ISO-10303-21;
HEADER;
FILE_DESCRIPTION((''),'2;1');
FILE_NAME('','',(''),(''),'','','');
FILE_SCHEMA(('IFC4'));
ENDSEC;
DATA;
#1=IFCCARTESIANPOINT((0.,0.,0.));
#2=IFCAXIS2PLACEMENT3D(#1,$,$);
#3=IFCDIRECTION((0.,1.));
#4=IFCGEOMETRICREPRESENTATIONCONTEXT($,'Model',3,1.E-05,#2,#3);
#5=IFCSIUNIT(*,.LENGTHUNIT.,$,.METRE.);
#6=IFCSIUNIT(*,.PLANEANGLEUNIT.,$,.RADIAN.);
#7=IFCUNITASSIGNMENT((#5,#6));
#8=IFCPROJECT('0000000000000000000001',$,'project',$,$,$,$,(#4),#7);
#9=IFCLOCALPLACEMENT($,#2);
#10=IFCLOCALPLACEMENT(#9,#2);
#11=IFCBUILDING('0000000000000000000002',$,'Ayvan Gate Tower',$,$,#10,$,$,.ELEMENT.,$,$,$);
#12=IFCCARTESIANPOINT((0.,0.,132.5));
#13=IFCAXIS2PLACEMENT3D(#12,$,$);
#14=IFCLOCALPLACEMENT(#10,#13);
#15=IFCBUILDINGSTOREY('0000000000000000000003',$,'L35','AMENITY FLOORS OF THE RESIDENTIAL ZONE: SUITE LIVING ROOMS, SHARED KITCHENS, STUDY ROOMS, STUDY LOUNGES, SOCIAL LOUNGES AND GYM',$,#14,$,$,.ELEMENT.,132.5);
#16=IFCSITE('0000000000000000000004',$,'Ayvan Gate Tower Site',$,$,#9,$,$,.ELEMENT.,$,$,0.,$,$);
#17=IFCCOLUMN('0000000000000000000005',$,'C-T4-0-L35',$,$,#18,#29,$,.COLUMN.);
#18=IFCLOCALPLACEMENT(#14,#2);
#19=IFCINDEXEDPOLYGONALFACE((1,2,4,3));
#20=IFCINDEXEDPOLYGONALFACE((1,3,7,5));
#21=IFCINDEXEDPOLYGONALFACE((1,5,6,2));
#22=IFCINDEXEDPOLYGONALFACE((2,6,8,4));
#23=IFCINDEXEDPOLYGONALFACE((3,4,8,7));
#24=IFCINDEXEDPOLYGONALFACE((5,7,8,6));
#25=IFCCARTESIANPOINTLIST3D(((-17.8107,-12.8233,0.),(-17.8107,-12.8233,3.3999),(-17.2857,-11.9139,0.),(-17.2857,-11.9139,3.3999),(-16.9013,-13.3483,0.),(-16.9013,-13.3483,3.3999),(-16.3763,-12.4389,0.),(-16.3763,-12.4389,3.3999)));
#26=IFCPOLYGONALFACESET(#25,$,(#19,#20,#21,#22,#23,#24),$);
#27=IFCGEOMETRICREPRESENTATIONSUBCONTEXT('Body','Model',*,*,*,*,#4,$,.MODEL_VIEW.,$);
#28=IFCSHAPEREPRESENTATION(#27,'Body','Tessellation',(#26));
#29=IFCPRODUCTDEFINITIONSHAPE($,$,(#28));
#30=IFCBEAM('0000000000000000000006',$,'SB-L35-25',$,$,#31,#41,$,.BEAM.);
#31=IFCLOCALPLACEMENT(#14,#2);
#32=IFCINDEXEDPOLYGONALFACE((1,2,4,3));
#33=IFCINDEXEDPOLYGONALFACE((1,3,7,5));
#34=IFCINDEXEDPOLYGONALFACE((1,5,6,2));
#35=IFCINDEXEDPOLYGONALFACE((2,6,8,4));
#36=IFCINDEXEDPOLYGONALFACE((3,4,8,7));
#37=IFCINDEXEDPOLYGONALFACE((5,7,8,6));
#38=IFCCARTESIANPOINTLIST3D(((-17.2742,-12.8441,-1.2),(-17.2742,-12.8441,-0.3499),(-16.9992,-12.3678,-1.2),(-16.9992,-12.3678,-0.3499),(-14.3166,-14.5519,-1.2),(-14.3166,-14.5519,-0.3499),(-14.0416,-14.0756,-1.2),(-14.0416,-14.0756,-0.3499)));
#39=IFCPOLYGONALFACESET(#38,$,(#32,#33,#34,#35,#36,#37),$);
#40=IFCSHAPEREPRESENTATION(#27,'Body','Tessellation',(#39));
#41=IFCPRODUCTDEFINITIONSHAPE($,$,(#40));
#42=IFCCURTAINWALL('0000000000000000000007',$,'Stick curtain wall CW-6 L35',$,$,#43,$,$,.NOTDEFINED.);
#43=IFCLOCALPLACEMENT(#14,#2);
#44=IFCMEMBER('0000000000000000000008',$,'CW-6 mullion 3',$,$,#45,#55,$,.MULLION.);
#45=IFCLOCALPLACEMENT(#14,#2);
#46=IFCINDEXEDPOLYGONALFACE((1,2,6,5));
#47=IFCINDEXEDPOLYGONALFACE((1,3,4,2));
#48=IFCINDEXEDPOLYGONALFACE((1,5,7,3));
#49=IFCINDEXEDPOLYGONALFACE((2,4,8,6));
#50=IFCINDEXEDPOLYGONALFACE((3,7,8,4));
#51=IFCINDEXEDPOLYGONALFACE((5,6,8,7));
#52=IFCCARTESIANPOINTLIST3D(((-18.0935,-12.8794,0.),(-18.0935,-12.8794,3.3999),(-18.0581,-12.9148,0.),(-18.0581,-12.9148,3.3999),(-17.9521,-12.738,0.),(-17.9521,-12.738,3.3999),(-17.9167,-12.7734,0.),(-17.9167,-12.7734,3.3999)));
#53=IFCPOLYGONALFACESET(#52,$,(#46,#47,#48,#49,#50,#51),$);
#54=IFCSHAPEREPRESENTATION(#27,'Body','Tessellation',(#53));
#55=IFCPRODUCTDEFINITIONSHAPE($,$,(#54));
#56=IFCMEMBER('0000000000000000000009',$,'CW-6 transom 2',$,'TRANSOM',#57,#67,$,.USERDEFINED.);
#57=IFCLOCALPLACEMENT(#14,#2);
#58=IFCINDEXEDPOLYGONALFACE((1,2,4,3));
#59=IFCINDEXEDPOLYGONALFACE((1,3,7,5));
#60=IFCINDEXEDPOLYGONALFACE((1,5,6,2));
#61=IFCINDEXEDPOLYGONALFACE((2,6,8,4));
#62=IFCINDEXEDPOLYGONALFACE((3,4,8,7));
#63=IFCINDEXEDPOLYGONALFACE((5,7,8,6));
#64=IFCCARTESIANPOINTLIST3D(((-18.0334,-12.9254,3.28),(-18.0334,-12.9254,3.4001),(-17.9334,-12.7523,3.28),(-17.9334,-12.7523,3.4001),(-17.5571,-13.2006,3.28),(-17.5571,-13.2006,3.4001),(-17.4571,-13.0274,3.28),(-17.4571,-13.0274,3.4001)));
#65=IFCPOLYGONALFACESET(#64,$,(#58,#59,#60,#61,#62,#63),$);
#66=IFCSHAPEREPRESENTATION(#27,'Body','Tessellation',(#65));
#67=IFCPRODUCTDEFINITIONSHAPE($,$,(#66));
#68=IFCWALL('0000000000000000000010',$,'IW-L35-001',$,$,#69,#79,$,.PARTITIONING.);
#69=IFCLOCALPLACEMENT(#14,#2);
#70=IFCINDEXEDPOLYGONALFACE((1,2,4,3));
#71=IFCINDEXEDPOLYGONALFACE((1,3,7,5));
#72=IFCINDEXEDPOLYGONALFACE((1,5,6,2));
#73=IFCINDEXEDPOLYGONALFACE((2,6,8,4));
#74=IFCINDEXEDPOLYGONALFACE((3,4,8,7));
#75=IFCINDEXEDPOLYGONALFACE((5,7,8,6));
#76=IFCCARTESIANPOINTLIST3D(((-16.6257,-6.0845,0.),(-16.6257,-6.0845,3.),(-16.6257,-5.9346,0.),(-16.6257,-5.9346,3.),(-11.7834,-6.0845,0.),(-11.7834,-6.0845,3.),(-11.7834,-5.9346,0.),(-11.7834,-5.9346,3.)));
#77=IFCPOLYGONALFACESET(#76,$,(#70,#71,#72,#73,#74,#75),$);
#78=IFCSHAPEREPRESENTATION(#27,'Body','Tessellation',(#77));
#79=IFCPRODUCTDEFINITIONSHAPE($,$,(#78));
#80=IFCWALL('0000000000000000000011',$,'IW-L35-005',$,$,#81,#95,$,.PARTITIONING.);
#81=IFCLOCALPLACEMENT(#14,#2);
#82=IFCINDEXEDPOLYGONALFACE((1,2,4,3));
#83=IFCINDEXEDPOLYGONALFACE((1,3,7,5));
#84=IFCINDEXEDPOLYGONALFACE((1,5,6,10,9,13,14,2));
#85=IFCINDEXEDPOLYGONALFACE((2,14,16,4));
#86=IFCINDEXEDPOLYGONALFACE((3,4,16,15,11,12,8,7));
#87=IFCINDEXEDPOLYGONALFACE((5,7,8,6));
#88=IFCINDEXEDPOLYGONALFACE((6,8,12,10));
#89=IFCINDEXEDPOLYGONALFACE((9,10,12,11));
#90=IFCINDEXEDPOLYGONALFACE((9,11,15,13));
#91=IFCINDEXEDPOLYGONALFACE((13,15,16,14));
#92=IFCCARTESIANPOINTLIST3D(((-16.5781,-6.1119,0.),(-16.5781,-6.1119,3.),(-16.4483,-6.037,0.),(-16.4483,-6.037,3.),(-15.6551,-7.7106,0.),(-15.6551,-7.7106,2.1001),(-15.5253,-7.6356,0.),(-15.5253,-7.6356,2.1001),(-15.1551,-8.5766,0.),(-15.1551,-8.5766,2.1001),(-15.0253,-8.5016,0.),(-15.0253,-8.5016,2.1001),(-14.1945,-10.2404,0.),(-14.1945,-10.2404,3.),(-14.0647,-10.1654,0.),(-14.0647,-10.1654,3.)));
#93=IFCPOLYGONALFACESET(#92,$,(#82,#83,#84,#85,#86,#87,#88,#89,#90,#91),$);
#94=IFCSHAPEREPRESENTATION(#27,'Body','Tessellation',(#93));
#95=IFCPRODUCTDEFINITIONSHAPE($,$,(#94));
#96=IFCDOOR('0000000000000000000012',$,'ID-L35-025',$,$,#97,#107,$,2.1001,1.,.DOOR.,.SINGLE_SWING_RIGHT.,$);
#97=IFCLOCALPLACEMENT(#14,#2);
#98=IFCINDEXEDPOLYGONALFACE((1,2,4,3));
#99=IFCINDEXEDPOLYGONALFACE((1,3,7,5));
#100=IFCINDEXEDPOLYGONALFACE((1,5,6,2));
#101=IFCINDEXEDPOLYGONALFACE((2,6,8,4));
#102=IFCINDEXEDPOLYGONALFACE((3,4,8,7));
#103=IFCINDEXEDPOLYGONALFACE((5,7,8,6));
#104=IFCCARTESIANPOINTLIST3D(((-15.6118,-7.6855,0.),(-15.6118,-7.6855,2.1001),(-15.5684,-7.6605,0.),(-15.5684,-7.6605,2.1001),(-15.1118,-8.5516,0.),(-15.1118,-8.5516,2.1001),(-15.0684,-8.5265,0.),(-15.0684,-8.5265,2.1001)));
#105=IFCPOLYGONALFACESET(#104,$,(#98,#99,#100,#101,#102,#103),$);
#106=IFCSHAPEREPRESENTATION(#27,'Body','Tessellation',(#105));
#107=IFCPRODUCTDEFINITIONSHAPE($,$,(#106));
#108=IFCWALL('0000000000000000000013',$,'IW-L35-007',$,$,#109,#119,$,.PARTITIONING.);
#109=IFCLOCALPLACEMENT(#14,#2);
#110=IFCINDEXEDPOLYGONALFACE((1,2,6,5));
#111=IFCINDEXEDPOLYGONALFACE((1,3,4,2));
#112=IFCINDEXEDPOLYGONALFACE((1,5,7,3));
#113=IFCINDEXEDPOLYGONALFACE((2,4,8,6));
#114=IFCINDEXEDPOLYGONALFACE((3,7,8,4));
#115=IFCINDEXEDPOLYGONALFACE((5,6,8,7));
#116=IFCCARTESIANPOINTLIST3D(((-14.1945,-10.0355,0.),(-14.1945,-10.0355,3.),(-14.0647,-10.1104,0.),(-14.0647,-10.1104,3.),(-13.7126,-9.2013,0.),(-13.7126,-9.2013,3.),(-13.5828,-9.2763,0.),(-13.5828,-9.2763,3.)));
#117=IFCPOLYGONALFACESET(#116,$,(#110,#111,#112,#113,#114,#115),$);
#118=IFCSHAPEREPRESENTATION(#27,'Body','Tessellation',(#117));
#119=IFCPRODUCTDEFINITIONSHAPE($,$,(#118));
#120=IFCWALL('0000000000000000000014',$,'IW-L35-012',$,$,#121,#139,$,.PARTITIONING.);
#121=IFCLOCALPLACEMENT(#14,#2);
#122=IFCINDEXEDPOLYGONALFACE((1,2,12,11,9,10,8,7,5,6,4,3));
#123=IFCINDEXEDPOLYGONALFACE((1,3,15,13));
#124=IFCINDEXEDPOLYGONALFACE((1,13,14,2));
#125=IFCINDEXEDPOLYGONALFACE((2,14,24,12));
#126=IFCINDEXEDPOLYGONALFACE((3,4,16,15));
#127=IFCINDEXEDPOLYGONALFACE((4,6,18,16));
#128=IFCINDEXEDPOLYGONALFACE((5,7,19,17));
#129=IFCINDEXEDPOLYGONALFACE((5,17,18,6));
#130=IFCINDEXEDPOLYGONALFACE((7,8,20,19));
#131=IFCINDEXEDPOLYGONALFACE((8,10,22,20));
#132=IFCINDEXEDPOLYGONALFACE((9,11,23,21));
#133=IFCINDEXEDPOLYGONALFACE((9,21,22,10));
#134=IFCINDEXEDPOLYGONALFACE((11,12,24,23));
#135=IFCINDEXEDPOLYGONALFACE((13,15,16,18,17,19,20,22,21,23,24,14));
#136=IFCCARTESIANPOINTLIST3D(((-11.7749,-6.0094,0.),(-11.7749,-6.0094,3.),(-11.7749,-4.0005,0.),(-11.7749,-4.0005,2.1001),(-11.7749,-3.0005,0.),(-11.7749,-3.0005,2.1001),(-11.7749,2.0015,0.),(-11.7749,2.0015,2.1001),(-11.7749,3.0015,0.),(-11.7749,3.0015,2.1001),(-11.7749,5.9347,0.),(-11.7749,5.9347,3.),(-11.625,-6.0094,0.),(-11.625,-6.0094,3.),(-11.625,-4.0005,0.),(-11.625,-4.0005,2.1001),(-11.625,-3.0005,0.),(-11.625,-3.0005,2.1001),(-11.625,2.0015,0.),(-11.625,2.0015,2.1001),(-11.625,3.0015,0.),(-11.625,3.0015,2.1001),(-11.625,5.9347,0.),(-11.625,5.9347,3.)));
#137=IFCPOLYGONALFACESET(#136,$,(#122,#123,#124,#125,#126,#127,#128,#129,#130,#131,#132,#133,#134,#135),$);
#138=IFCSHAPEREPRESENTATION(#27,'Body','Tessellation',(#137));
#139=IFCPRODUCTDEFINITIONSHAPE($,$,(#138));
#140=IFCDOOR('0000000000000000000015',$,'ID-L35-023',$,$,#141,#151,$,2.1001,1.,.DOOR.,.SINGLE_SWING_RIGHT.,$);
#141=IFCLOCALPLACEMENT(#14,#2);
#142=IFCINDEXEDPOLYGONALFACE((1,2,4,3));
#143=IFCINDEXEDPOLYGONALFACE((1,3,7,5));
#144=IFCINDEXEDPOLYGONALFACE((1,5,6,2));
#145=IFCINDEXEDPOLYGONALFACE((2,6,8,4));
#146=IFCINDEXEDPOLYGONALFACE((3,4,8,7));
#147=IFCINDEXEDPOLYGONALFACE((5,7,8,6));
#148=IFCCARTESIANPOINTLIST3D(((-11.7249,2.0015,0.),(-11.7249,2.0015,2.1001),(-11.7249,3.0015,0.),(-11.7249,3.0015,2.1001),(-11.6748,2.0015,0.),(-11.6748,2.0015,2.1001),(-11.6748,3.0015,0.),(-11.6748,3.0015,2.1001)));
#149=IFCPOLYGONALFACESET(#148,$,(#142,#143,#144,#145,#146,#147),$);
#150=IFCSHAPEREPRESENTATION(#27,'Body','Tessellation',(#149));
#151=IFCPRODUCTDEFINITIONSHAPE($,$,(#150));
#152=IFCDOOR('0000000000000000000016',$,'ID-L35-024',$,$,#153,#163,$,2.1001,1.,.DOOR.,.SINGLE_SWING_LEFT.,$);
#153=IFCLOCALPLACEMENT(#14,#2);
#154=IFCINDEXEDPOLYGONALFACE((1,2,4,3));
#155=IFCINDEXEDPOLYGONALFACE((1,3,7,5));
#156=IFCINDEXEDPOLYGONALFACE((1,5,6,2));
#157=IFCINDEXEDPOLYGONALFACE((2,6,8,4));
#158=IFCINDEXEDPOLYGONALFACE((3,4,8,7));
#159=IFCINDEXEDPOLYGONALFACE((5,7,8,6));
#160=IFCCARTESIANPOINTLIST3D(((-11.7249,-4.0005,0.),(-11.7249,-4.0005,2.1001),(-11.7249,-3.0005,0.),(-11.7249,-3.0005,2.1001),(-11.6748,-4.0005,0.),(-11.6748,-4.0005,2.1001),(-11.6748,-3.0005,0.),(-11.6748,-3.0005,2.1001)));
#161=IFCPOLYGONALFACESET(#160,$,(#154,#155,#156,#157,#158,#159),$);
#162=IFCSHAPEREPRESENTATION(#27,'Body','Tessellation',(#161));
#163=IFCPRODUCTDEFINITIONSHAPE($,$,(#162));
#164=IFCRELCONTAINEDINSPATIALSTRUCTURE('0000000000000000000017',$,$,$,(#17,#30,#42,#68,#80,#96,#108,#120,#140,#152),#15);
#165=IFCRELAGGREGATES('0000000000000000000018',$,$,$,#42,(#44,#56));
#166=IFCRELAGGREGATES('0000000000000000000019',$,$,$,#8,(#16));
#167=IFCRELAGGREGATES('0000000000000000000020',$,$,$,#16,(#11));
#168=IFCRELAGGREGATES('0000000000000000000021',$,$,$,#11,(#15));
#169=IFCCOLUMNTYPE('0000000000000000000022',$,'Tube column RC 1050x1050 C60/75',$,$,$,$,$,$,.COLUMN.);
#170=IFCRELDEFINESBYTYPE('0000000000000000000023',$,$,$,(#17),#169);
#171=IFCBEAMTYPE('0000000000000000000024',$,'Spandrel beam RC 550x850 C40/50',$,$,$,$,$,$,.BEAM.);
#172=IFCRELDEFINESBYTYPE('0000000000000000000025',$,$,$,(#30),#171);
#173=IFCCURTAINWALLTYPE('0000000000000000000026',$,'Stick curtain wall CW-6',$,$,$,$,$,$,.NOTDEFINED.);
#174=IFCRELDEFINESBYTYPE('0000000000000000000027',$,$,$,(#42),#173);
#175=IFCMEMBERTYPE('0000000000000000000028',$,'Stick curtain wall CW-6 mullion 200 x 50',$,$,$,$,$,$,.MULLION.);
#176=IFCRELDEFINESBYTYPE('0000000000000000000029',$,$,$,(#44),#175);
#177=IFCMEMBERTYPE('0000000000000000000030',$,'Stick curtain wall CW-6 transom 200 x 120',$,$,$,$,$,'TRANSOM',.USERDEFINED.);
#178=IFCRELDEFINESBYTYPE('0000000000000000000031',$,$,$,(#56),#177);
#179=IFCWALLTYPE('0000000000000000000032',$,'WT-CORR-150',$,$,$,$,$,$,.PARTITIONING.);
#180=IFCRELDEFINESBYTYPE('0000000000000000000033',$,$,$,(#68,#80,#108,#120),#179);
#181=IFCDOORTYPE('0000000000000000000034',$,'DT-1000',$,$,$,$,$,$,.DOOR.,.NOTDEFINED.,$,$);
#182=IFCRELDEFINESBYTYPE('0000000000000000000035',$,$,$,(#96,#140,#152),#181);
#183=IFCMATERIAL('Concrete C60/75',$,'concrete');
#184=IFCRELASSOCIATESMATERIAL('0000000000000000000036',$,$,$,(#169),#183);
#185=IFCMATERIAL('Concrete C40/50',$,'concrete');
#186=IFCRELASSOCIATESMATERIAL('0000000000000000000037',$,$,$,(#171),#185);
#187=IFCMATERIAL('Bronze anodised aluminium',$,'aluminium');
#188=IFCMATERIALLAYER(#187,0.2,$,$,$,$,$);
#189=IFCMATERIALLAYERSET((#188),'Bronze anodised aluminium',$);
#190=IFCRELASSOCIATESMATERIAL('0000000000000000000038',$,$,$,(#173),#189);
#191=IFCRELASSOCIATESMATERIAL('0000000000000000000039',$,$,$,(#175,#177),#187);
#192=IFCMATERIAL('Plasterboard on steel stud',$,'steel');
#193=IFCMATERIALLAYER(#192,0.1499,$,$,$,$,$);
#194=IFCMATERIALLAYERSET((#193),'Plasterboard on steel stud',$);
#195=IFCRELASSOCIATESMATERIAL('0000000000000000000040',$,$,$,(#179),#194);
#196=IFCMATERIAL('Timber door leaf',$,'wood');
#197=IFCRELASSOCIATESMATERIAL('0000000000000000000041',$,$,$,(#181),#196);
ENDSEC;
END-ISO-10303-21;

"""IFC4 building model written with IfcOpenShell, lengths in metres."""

from ifc_helpers import new_model, si_unit, direction, frame, frame_2d, origin, origin_2d, place, context, subcontext, project, spatial, rectangle, extrude, material, layer, layer_set, material_profile, profile_set, type_object, element, fill, aggregate, save


model = new_model("IFC4")

# Units and contexts
model_context = context("Model", 3, precision=1e-05, world=origin(), true_north=direction((0.0, 1.0)))
body_context = subcontext(model_context, "Body", "Model", "MODEL_VIEW")
ifc_project = project(units=[si_unit("LENGTHUNIT", "METRE"), si_unit("PLANEANGLEUNIT", "RADIAN")], contexts=[model_context])

# Site, building, storey
site_placement = place(None, origin())
site = spatial("IfcSite", under=ifc_project, at=site_placement, Name="Ayvan Gate Tower Site", CompositionType="ELEMENT", RefElevation=0.0)
building_placement = place(site_placement, origin())
building = spatial("IfcBuilding", under=site, at=building_placement, Name="Ayvan Gate Tower", CompositionType="ELEMENT")
storey_placement = place(building_placement, frame((0.0, 0.0, 132.5)))
storey = spatial("IfcBuildingStorey", under=building, at=storey_placement, Name="L35", Description="AMENITY FLOORS OF THE RESIDENTIAL ZONE: SUITE LIVING ROOMS, SHARED KITCHENS, STUDY ROOMS, STUDY LOUNGES, SOCIAL LOUNGES AND GYM", CompositionType="ELEMENT", Elevation=132.5)

# Column
ifc_material_1 = material(Name="Concrete C60/75", Category="concrete")
ifc_material_profile_1 = material_profile(ifc_material_1, rectangle(XDim=1.05, YDim=1.05, at=origin_2d()), Name="RC 1050x1050")
ifc_profile_set_1 = profile_set([ifc_material_profile_1], Name="Concrete C60/75")
column_type = type_object("IfcColumnType", Name="Tube column RC 1050x1050 C60/75", PredefinedType="COLUMN", material=ifc_profile_set_1)
column_placement = place(storey_placement, frame((-17.0935, -12.6311, 0.0), z_axis=(0.0, 0.0, 1.0), x_axis=(-0.5, -0.866025, 0.0)))
element("IfcColumn", 1, at=column_placement, inside=storey, type_object=column_type, Name="C-T4-0-L35", PredefinedType="COLUMN", context=body_context, shape_type="SweptSolid", body=[
    extrude(rectangle(XDim=1.05, YDim=1.05, at=origin_2d()), origin(), (0.0, 0.0, 1.0), 3.3999),
])

# Beam
ifc_material_2 = material(Name="Concrete C40/50", Category="concrete")
ifc_material_profile_2 = material_profile(ifc_material_2, rectangle(XDim=0.55, YDim=0.8501, at=origin_2d()), Name="RC 550x850")
ifc_profile_set_2 = profile_set([ifc_material_profile_2], Name="Concrete C40/50")
beam_type = type_object("IfcBeamType", Name="Spandrel beam RC 550x850 C40/50", PredefinedType="BEAM", material=ifc_profile_set_2)
beam_placement = place(storey_placement, frame((-17.1367, -12.606, -0.7749), z_axis=(0.865995, -0.500052, 0.0), x_axis=(0.500052, 0.865995, 0.0)))
element("IfcBeam", 2, at=beam_placement, inside=storey, type_object=beam_type, Name="SB-L35-25", PredefinedType="BEAM", context=body_context, shape_type="SweptSolid", body=[
    extrude(rectangle(XDim=0.55, YDim=0.8501, at=origin_2d()), origin(), (0.0, 0.0, 1.0), 3.4153),
])

# Curtain wall, members
ifc_material_3 = material(Name="Bronze anodised aluminium", Category="aluminium")
ifc_layer_1 = layer(ifc_material_3, 0.2)
ifc_layer_set_1 = layer_set([ifc_layer_1], Name="Bronze anodised aluminium")
curtain_wall_type = type_object("IfcCurtainWallType", Name="Stick curtain wall CW-6", PredefinedType="NOTDEFINED", material=ifc_layer_set_1)
curtain_wall_placement = place(storey_placement, origin())
curtain_wall = element("IfcCurtainWall", 3, at=curtain_wall_placement, inside=storey, type_object=curtain_wall_type, Name="Stick curtain wall CW-6 L35", PredefinedType="NOTDEFINED")
ifc_material_profile_3 = material_profile(ifc_material_3, rectangle(XDim=0.2, YDim=0.05, at=origin_2d()), Name="Stick curtain wall CW-6 mullion 200 x 50")
ifc_profile_set_3 = profile_set([ifc_material_profile_3], Name="Bronze anodised aluminium")
member_type_1 = type_object("IfcMemberType", Name="Stick curtain wall CW-6 mullion 200 x 50", PredefinedType="MULLION", material=ifc_profile_set_3)
member_1_placement = place(storey_placement, frame((-18.0051, -12.8264, 0.0), z_axis=(0.0, 0.0, 1.0), x_axis=(-0.707107, -0.707107, 0.0)))
member_1 = element("IfcMember", 4, at=member_1_placement, type_object=member_type_1, Name="CW-6 mullion 3", PredefinedType="MULLION", context=body_context, shape_type="SweptSolid", body=[
    extrude(rectangle(XDim=0.2, YDim=0.05, at=origin_2d()), origin(), (0.0, 0.0, 1.0), 3.3999),
])
ifc_material_profile_4 = material_profile(ifc_material_3, rectangle(XDim=0.2, YDim=0.1201, at=origin_2d()), Name="Stick curtain wall CW-6 transom 200 x 120")
ifc_profile_set_4 = profile_set([ifc_material_profile_4], Name="Bronze anodised aluminium")
member_type_2 = type_object("IfcMemberType", Name="Stick curtain wall CW-6 transom 200 x 120", ElementType="TRANSOM", PredefinedType="USERDEFINED", material=ifc_profile_set_4)
member_2_placement = place(storey_placement, frame((-17.9834, -12.8389, 3.3401), z_axis=(0.865912, -0.500196, 0.0), x_axis=(0.500196, 0.865912, 0.0)))
member_2 = element("IfcMember", 5, at=member_2_placement, type_object=member_type_2, Name="CW-6 transom 2", ObjectType="TRANSOM", PredefinedType="USERDEFINED", context=body_context, shape_type="SweptSolid", body=[
    extrude(rectangle(XDim=0.2, YDim=0.1201, at=origin_2d()), origin(), (0.0, 0.0, 1.0), 0.55),
])
aggregate(curtain_wall, [member_1, member_2])

# Wall
ifc_material_4 = material(Name="Plasterboard on steel stud", Category="steel")
ifc_layer_2 = layer(ifc_material_4, 0.1499)
ifc_layer_set_2 = layer_set([ifc_layer_2], Name="Plasterboard on steel stud")
wall_type_1 = type_object("IfcWallType", Name="WT-CORR-150", PredefinedType="PARTITIONING", material=ifc_layer_set_2)
wall_1_placement = place(storey_placement, frame((-16.6257, -6.0095, 0.0), z_axis=(0.0, 0.0, 1.0), x_axis=(1.0, 0.0, 0.0)))
element("IfcWall", 6, at=wall_1_placement, inside=storey, type_object=wall_type_1, Name="IW-L35-001", PredefinedType="PARTITIONING", context=body_context, shape_type="SweptSolid", body=[
    extrude(rectangle(XDim=4.8423, YDim=0.1499, at=frame_2d((2.4211, 0.0))), origin(), (0.0, 0.0, 1.0), 3.0),
])

# Wall, opening, door
wall_2_placement = place(storey_placement, frame((-14.1296, -10.2029, 0.0), z_axis=(0.0, 0.0, 1.0), x_axis=(-0.5, 0.866025, 0.0)))
wall_2 = element("IfcWall", 7, at=wall_2_placement, inside=storey, type_object=wall_type_1, Name="IW-L35-005", PredefinedType="PARTITIONING", context=body_context, shape_type="SweptSolid", body=[
    extrude(rectangle(XDim=4.7671, YDim=0.1499, at=frame_2d((2.3835, 0.0))), origin(), (0.0, 0.0, 1.0), 3.0),
])
opening_1_placement = place(wall_2_placement, frame((1.9211, 0.0, 0.0)))
opening_1 = element("IfcOpeningElement", 8, at=opening_1_placement, cuts=wall_2, PredefinedType="OPENING", context=body_context, shape_type="SweptSolid", body=[
    extrude(rectangle(XDim=1.0, YDim=2.1001, at=frame_2d((0.5, 1.05))), frame((0.0, 0.085, 0.0), z_axis=(0.0, -1.0, 0.0), x_axis=(1.0, 0.0, 0.0)), (0.0, 0.0, 1.0), 0.1699),
])
ifc_material_5 = material(Name="Timber door leaf", Category="wood")
door_type = type_object("IfcDoorType", Name="DT-1000", OperationType="NOTDEFINED", PredefinedType="DOOR", material=ifc_material_5)
door_1_placement = place(opening_1_placement, origin())
door_1 = element("IfcDoor", 9, at=door_1_placement, inside=storey, type_object=door_type, Name="ID-L35-025", OperationType="SINGLE_SWING_RIGHT", OverallHeight=2.1001, OverallWidth=1.0, PredefinedType="DOOR", context=body_context, shape_type="SweptSolid", body=[
    extrude(rectangle(XDim=1.0, YDim=2.1001, at=frame_2d((0.5, 1.05))), frame((0.0, 0.0249, 0.0), z_axis=(0.0, -1.0, 0.0), x_axis=(1.0, 0.0, 0.0)), (0.0, 0.0, 1.0), 0.05),
])
fill(opening_1, door_1)

# Wall
wall_3_placement = place(storey_placement, frame((-13.6477, -9.2388, 0.0), z_axis=(0.0, 0.0, 1.0), x_axis=(-0.500227, -0.865894, 0.0)))
element("IfcWall", 10, at=wall_3_placement, inside=storey, type_object=wall_type_1, Name="IW-L35-007", PredefinedType="PARTITIONING", context=body_context, shape_type="SweptSolid", body=[
    extrude(rectangle(XDim=0.9634, YDim=0.1499, at=frame_2d((0.4817, 0.0))), origin(), (0.0, 0.0, 1.0), 3.0),
])

# Wall, openings, doors
wall_4_placement = place(storey_placement, frame((-11.7, -6.0095, 0.0), z_axis=(0.0, 0.0, 1.0), x_axis=(0.0, 1.0, 0.0)))
wall_4 = element("IfcWall", 11, at=wall_4_placement, inside=storey, type_object=wall_type_1, Name="IW-L35-012", PredefinedType="PARTITIONING", context=body_context, shape_type="SweptSolid", body=[
    extrude(rectangle(XDim=11.9441, YDim=0.1499, at=frame_2d((5.9722, 0.0))), origin(), (0.0, 0.0, 1.0), 3.0),
])
opening_2_placement = place(wall_4_placement, frame((8.011, 0.0, 0.0)))
opening_2 = element("IfcOpeningElement", 12, at=opening_2_placement, cuts=wall_4, PredefinedType="OPENING", context=body_context, shape_type="SweptSolid", body=[
    extrude(rectangle(XDim=1.0, YDim=2.1001, at=frame_2d((0.5, 1.05))), frame((0.0, 0.085, 0.0), z_axis=(0.0, -1.0, 0.0), x_axis=(1.0, 0.0, 0.0)), (0.0, 0.0, 1.0), 0.1699),
])
opening_3_placement = place(wall_4_placement, frame((2.009, 0.0, 0.0)))
opening_3 = element("IfcOpeningElement", 13, at=opening_3_placement, cuts=wall_4, PredefinedType="OPENING", context=body_context, shape_type="SweptSolid", body=[
    extrude(rectangle(XDim=1.0, YDim=2.1001, at=frame_2d((0.5, 1.05))), frame((0.0, 0.085, 0.0), z_axis=(0.0, -1.0, 0.0), x_axis=(1.0, 0.0, 0.0)), (0.0, 0.0, 1.0), 0.1699),
])
door_2_placement = place(opening_2_placement, origin())
door_2 = element("IfcDoor", 14, at=door_2_placement, inside=storey, type_object=door_type, Name="ID-L35-023", OperationType="SINGLE_SWING_RIGHT", OverallHeight=2.1001, OverallWidth=1.0, PredefinedType="DOOR", context=body_context, shape_type="SweptSolid", body=[
    extrude(rectangle(XDim=1.0, YDim=2.1001, at=frame_2d((0.5, 1.05))), frame((0.0, 0.0249, 0.0), z_axis=(0.0, -1.0, 0.0), x_axis=(1.0, 0.0, 0.0)), (0.0, 0.0, 1.0), 0.05),
])
fill(opening_2, door_2)
door_3_placement = place(opening_3_placement, origin())
door_3 = element("IfcDoor", 15, at=door_3_placement, inside=storey, type_object=door_type, Name="ID-L35-024", OperationType="SINGLE_SWING_LEFT", OverallHeight=2.1001, OverallWidth=1.0, PredefinedType="DOOR", context=body_context, shape_type="SweptSolid", body=[
    extrude(rectangle(XDim=1.0, YDim=2.1001, at=frame_2d((0.5, 1.05))), frame((0.0, 0.0249, 0.0), z_axis=(0.0, -1.0, 0.0), x_axis=(1.0, 0.0, 0.0)), (0.0, 0.0, 1.0), 0.05),
])
fill(opening_3, door_3)

save(model, "model.ifc")
